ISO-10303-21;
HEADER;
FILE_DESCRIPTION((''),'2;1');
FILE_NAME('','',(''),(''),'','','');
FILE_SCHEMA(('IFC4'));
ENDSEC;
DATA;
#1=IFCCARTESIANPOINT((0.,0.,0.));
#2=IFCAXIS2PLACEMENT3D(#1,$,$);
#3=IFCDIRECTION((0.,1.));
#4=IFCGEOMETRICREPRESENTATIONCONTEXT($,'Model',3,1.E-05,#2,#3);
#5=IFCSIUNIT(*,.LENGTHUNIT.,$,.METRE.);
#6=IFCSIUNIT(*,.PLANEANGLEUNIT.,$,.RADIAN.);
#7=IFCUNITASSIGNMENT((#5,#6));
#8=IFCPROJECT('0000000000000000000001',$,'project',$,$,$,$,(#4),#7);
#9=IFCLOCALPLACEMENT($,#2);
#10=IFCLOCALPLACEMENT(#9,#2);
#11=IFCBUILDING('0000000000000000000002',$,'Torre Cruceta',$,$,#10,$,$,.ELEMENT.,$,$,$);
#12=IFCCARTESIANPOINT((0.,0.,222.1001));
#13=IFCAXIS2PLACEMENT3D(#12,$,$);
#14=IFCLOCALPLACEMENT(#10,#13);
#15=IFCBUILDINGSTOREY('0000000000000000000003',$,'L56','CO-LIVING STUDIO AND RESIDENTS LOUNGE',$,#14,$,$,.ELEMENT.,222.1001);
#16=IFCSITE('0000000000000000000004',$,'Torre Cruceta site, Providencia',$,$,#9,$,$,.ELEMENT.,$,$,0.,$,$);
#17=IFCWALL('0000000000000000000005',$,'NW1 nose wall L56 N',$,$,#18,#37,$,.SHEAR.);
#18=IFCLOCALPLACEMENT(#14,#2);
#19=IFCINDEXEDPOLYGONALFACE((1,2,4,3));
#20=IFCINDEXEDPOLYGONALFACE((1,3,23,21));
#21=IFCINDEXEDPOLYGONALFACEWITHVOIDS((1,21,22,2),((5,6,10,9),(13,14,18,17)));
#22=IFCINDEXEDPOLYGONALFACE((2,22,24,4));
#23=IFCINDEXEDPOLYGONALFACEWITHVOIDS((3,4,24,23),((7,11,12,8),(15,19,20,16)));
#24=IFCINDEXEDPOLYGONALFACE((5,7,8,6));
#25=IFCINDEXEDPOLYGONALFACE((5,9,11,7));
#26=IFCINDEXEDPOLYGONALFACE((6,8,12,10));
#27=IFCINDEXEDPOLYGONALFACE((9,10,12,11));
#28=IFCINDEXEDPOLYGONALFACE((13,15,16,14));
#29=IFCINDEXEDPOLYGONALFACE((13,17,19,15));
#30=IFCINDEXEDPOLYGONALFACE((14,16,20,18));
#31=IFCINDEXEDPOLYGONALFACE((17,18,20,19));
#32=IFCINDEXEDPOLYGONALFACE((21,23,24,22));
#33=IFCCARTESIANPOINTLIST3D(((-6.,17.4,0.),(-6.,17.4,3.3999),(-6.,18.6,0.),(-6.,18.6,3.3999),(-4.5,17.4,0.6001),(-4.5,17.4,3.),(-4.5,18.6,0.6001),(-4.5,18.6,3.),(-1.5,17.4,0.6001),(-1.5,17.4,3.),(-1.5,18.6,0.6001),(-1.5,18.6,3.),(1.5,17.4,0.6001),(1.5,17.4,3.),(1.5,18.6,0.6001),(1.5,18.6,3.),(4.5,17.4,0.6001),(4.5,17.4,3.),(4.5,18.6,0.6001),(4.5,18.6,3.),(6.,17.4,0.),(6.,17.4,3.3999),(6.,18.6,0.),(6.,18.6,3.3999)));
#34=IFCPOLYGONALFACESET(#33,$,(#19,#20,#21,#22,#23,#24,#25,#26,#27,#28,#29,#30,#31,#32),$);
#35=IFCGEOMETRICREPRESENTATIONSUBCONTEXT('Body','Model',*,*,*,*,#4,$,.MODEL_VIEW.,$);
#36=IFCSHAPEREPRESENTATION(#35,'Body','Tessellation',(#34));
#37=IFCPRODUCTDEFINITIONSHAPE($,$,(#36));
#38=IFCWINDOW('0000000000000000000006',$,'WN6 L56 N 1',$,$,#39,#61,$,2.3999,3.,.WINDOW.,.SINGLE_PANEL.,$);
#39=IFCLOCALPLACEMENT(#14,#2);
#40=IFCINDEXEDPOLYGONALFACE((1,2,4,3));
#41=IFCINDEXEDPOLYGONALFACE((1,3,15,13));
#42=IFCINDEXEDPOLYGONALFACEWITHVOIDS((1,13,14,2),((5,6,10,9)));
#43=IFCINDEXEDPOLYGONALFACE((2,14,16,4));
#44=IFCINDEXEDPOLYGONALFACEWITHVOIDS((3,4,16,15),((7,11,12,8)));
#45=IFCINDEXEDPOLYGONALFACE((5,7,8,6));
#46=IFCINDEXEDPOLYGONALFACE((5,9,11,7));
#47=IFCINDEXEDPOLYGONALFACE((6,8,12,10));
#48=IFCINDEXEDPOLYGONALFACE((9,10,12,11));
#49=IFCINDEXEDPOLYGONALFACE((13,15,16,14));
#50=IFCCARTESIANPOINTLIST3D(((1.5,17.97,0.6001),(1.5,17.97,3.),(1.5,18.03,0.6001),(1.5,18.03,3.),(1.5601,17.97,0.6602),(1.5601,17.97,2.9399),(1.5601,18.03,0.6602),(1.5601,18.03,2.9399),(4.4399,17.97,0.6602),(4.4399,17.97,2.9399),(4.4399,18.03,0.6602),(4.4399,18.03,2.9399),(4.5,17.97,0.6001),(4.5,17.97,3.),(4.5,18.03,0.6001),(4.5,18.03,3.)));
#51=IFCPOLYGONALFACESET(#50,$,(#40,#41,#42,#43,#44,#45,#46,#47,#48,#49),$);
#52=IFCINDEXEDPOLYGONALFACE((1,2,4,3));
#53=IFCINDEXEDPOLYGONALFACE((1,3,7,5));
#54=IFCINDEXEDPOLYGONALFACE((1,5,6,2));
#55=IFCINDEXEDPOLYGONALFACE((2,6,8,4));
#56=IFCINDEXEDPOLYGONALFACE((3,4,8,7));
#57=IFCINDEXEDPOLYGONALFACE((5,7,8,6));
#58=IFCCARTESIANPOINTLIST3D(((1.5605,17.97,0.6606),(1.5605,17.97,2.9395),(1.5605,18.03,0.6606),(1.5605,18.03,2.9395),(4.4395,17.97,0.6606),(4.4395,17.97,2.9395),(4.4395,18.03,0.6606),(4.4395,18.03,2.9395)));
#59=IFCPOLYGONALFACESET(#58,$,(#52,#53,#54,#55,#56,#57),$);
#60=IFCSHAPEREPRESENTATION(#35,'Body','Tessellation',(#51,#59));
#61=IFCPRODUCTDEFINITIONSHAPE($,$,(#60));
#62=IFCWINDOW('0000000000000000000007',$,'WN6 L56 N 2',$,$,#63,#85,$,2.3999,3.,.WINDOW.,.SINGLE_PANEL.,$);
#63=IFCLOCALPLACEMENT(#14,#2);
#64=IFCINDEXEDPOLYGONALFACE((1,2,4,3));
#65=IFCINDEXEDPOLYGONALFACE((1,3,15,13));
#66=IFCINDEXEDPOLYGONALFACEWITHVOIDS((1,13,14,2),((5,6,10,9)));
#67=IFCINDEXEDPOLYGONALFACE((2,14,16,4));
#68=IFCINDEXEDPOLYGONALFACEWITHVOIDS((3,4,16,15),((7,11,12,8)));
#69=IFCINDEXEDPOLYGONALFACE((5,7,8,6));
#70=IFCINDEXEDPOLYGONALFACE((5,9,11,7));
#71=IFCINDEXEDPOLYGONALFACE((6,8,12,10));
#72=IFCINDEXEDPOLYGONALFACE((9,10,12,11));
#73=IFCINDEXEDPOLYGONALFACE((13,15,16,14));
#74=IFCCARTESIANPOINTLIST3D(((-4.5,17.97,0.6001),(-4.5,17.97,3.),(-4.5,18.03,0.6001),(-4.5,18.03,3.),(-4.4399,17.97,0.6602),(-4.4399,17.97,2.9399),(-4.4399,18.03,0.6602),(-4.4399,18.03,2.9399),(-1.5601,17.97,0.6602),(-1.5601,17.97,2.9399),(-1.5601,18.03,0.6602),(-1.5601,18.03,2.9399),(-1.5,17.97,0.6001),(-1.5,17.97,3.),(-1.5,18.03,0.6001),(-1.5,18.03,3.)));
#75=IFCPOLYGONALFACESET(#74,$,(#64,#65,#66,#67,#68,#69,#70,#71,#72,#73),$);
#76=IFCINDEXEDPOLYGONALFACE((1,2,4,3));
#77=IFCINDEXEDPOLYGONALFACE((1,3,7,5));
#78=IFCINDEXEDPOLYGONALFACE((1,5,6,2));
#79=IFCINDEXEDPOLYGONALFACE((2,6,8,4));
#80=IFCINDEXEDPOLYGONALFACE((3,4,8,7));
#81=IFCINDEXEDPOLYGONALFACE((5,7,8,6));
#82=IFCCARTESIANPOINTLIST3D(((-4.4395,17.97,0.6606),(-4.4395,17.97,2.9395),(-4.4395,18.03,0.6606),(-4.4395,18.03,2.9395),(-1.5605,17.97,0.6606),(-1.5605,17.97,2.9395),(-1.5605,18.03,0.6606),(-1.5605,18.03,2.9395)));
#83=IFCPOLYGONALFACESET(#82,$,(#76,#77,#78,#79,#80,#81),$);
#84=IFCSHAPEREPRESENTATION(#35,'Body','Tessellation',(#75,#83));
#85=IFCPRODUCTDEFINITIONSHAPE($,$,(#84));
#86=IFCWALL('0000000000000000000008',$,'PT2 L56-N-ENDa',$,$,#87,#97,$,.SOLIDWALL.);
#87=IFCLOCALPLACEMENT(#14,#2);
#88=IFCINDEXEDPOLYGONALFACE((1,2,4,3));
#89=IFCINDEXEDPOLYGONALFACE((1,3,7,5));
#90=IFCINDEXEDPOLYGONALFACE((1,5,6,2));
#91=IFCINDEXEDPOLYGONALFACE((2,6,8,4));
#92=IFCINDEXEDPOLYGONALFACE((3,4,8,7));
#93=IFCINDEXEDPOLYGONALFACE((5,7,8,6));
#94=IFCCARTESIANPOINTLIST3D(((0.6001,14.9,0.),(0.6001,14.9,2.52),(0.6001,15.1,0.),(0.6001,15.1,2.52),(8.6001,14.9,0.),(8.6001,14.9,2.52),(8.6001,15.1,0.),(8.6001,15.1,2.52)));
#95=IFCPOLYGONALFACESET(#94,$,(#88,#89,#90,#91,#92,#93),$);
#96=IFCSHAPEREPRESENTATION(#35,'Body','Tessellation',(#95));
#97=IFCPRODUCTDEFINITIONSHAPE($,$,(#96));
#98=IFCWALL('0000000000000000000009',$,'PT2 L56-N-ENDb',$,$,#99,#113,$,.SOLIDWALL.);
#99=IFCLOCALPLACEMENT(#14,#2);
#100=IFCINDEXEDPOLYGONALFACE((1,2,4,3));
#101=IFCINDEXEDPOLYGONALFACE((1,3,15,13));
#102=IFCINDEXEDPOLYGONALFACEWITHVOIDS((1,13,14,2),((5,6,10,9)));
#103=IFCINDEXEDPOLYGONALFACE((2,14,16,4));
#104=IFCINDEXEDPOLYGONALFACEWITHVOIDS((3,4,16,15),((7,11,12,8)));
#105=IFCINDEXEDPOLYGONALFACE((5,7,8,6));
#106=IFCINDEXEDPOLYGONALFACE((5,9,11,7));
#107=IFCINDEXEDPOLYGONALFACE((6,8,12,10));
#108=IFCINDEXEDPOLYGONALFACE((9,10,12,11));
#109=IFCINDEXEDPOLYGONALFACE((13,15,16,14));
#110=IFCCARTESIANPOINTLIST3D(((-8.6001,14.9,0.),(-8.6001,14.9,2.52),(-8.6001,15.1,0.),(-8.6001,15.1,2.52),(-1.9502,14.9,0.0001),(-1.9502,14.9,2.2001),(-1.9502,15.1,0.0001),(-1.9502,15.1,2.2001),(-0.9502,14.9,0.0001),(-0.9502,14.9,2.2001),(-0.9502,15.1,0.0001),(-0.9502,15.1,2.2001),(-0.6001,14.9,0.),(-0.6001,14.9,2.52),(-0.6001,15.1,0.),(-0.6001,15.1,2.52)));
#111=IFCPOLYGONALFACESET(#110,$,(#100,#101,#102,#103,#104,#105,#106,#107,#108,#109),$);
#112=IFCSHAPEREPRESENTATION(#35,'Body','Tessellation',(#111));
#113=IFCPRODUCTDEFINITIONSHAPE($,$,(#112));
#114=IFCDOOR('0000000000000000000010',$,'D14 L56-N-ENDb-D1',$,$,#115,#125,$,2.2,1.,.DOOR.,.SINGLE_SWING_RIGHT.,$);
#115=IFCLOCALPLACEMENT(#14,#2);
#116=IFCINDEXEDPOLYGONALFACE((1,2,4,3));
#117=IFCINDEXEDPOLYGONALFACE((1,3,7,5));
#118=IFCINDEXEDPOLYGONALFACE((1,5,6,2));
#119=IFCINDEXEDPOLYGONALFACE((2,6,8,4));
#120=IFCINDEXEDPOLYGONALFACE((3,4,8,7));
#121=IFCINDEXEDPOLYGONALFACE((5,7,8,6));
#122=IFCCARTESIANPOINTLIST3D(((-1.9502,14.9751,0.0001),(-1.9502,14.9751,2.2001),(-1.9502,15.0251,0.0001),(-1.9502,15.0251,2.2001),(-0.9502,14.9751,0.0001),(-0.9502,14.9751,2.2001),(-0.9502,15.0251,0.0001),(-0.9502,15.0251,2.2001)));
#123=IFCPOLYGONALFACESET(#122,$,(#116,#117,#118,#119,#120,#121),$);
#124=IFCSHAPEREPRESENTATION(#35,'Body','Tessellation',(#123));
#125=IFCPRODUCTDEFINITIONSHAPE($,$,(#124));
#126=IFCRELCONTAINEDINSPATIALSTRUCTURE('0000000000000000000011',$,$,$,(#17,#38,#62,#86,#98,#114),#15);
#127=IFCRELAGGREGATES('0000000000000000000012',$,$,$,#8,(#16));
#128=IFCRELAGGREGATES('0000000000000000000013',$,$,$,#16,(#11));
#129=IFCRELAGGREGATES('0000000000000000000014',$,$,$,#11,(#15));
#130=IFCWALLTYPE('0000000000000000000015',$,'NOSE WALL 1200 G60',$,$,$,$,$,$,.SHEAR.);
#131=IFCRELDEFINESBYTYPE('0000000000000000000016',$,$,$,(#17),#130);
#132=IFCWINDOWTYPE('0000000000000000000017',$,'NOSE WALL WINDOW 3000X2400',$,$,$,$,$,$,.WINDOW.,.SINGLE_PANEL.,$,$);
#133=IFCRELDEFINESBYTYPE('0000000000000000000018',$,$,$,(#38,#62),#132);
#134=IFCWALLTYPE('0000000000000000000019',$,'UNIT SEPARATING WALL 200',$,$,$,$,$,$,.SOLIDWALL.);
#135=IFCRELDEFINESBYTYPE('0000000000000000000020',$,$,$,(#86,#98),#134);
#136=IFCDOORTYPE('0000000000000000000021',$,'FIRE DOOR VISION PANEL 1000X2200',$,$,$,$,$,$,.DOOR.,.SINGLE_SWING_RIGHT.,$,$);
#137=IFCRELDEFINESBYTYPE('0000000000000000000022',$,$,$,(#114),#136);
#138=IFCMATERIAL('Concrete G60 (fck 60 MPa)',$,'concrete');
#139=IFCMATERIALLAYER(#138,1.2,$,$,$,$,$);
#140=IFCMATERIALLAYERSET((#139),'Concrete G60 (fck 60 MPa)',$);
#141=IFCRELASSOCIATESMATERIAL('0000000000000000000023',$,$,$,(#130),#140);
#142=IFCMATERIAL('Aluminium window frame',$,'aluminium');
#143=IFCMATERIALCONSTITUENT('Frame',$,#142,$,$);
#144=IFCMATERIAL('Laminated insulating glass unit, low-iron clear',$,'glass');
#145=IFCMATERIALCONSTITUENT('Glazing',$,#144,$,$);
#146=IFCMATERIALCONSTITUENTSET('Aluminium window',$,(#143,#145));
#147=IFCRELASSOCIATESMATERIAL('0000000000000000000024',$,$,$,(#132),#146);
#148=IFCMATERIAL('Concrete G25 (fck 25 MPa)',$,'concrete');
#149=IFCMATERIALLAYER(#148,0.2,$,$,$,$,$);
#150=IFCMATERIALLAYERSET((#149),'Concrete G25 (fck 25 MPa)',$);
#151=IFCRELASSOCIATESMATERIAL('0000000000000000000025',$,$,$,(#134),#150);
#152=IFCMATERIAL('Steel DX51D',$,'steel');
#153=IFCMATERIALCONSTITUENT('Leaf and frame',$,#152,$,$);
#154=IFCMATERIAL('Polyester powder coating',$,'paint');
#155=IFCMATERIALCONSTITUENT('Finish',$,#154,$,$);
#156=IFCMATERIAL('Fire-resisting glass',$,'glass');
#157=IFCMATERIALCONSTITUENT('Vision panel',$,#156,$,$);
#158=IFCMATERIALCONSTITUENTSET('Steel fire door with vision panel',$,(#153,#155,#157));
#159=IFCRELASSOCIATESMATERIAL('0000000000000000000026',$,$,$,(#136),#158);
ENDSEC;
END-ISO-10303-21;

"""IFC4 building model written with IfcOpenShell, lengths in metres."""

from ifc_helpers import new_model, si_unit, direction, frame, frame_2d, origin, place, context, subcontext, project, spatial, rectangle, hollow_rectangle, extrude, material, layer, layer_set, constituent, constituent_set, type_object, element, fill, save


model = new_model("IFC4")

# Units and contexts
model_context = context("Model", 3, precision=1e-05, world=origin(), true_north=direction((0.0, 1.0)))
body_context = subcontext(model_context, "Body", "Model", "MODEL_VIEW")
ifc_project = project(units=[si_unit("LENGTHUNIT", "METRE"), si_unit("PLANEANGLEUNIT", "RADIAN")], contexts=[model_context])

# Site, building, storey
site_placement = place(None, origin())
site = spatial("IfcSite", under=ifc_project, at=site_placement, Name="Torre Cruceta site, Providencia", CompositionType="ELEMENT", RefElevation=0.0)
building_placement = place(site_placement, origin())
building = spatial("IfcBuilding", under=site, at=building_placement, Name="Torre Cruceta", CompositionType="ELEMENT")
storey_placement = place(building_placement, frame((0.0, 0.0, 222.1001)))
storey = spatial("IfcBuildingStorey", under=building, at=storey_placement, Name="L56", Description="CO-LIVING STUDIO AND RESIDENTS LOUNGE", CompositionType="ELEMENT", Elevation=222.1001)

# Wall, openings, windows
ifc_material_1 = material(Name="Concrete G60 (fck 60 MPa)", Category="concrete")
ifc_layer_1 = layer(ifc_material_1, 1.2)
ifc_layer_set_1 = layer_set([ifc_layer_1], Name="Concrete G60 (fck 60 MPa)")
wall_type_1 = type_object("IfcWallType", Name="NOSE WALL 1200 G60", PredefinedType="SHEAR", material=ifc_layer_set_1)
wall_1_placement = place(storey_placement, frame((6.0, 18.0, 0.0), z_axis=(0.0, 0.0, 1.0), x_axis=(-1.0, 0.0, 0.0)))
wall_1 = element("IfcWall", 1, at=wall_1_placement, inside=storey, type_object=wall_type_1, Name="NW1 nose wall L56 N", PredefinedType="SHEAR", context=body_context, shape_type="SweptSolid", body=[
    extrude(rectangle(XDim=12.0, YDim=1.2, at=frame_2d((6.0, 0.0))), origin(), (0.0, 0.0, 1.0), 3.3999),
])
opening_1_placement = place(wall_1_placement, frame((1.5, 0.0, 0.6001)))
opening_1 = element("IfcOpeningElement", 2, at=opening_1_placement, cuts=wall_1, PredefinedType="OPENING", context=body_context, shape_type="SweptSolid", body=[
    extrude(rectangle(XDim=3.0, YDim=2.3999, at=frame_2d((1.5, 1.2))), frame((0.0, 0.6099, 0.0), z_axis=(0.0, -1.0, 0.0), x_axis=(1.0, 0.0, 0.0)), (0.0, 0.0, 1.0), 1.22),
])
opening_2_placement = place(wall_1_placement, frame((7.5, 0.0, 0.6001)))
opening_2 = element("IfcOpeningElement", 3, at=opening_2_placement, cuts=wall_1, PredefinedType="OPENING", context=body_context, shape_type="SweptSolid", body=[
    extrude(rectangle(XDim=3.0, YDim=2.3999, at=frame_2d((1.5, 1.2))), frame((0.0, 0.6099, 0.0), z_axis=(0.0, -1.0, 0.0), x_axis=(1.0, 0.0, 0.0)), (0.0, 0.0, 1.0), 1.22),
])
ifc_material_2 = material(Name="Aluminium window frame", Category="aluminium")
ifc_constituent_1 = constituent(ifc_material_2, Name="Frame")
ifc_material_3 = material(Name="Laminated insulating glass unit, low-iron clear", Category="glass")
ifc_constituent_2 = constituent(ifc_material_3, Name="Glazing")
ifc_constituent_set_1 = constituent_set(constituents=[ifc_constituent_1, ifc_constituent_2], Name="Aluminium window")
window_type = type_object("IfcWindowType", Name="NOSE WALL WINDOW 3000X2400", PartitioningType="SINGLE_PANEL", PredefinedType="WINDOW", material=ifc_constituent_set_1)
window_1_placement = place(opening_1_placement, origin())
window_1 = element("IfcWindow", 4, at=window_1_placement, inside=storey, type_object=window_type, Name="WN6 L56 N 1", OverallHeight=2.3999, OverallWidth=3.0, PartitioningType="SINGLE_PANEL", PredefinedType="WINDOW", context=body_context, shape_type="SweptSolid", body=[
    extrude(hollow_rectangle(XDim=3.0, YDim=2.3999, WallThickness=0.0601, at=frame_2d((1.5, 1.2))), frame((0.0, 0.03, 0.0), z_axis=(0.0, -1.0, 0.0), x_axis=(1.0, 0.0, 0.0)), (0.0, 0.0, 1.0), 0.0601),
    extrude(rectangle(XDim=2.8789, YDim=2.2788, at=frame_2d((1.5, 1.2))), frame((0.0, 0.03, 0.0), z_axis=(0.0, -1.0, 0.0), x_axis=(1.0, 0.0, 0.0)), (0.0, 0.0, 1.0), 0.0601),
])
fill(opening_1, window_1)
window_2_placement = place(opening_2_placement, origin())
window_2 = element("IfcWindow", 5, at=window_2_placement, inside=storey, type_object=window_type, Name="WN6 L56 N 2", OverallHeight=2.3999, OverallWidth=3.0, PartitioningType="SINGLE_PANEL", PredefinedType="WINDOW", context=body_context, shape_type="SweptSolid", body=[
    extrude(hollow_rectangle(XDim=3.0, YDim=2.3999, WallThickness=0.0601, at=frame_2d((1.5, 1.2))), frame((0.0, 0.03, 0.0), z_axis=(0.0, -1.0, 0.0), x_axis=(1.0, 0.0, 0.0)), (0.0, 0.0, 1.0), 0.0601),
    extrude(rectangle(XDim=2.8789, YDim=2.2788, at=frame_2d((1.5, 1.2))), frame((0.0, 0.03, 0.0), z_axis=(0.0, -1.0, 0.0), x_axis=(1.0, 0.0, 0.0)), (0.0, 0.0, 1.0), 0.0601),
])
fill(opening_2, window_2)

# Wall
ifc_material_4 = material(Name="Concrete G25 (fck 25 MPa)", Category="concrete")
ifc_layer_2 = layer(ifc_material_4, 0.2)
ifc_layer_set_2 = layer_set([ifc_layer_2], Name="Concrete G25 (fck 25 MPa)")
wall_type_2 = type_object("IfcWallType", Name="UNIT SEPARATING WALL 200", PredefinedType="SOLIDWALL", material=ifc_layer_set_2)
wall_2_placement = place(storey_placement, frame((8.6001, 15.0, 0.0), z_axis=(0.0, 0.0, 1.0), x_axis=(-1.0, 0.0, 0.0)))
element("IfcWall", 6, at=wall_2_placement, inside=storey, type_object=wall_type_2, Name="PT2 L56-N-ENDa", PredefinedType="SOLIDWALL", context=body_context, shape_type="SweptSolid", body=[
    extrude(rectangle(XDim=8.0, YDim=0.2, at=frame_2d((4.0, 0.0))), origin(), (0.0, 0.0, 1.0), 2.52),
])

# Wall, opening, door
wall_3_placement = place(storey_placement, frame((-0.6001, 15.0, 0.0), z_axis=(0.0, 0.0, 1.0), x_axis=(-1.0, 0.0, 0.0)))
wall_3 = element("IfcWall", 7, at=wall_3_placement, inside=storey, type_object=wall_type_2, Name="PT2 L56-N-ENDb", PredefinedType="SOLIDWALL", context=body_context, shape_type="SweptSolid", body=[
    extrude(rectangle(XDim=8.0, YDim=0.2, at=frame_2d((4.0, 0.0))), origin(), (0.0, 0.0, 1.0), 2.52),
])
opening_3_placement = place(wall_3_placement, frame((0.3501, 0.0, 0.0)))
opening_3 = element("IfcOpeningElement", 8, at=opening_3_placement, cuts=wall_3, PredefinedType="OPENING", context=body_context, shape_type="SweptSolid", body=[
    extrude(rectangle(XDim=1.0, YDim=2.2, at=frame_2d((0.5, 1.1001))), frame((0.0, 0.1099, 0.0), z_axis=(0.0, -1.0, 0.0), x_axis=(1.0, 0.0, 0.0)), (0.0, 0.0, 1.0), 0.22),
])
ifc_material_5 = material(Name="Steel DX51D", Category="steel")
ifc_constituent_3 = constituent(ifc_material_5, Name="Leaf and frame")
ifc_material_6 = material(Name="Polyester powder coating", Category="paint")
ifc_constituent_4 = constituent(ifc_material_6, Name="Finish")
ifc_material_7 = material(Name="Fire-resisting glass", Category="glass")
ifc_constituent_5 = constituent(ifc_material_7, Name="Vision panel")
ifc_constituent_set_2 = constituent_set(constituents=[ifc_constituent_3, ifc_constituent_4, ifc_constituent_5], Name="Steel fire door with vision panel")
door_type_1 = type_object("IfcDoorType", Name="FIRE DOOR VISION PANEL 1000X2200", OperationType="SINGLE_SWING_RIGHT", PredefinedType="DOOR", material=ifc_constituent_set_2)
door_1_placement = place(opening_3_placement, frame((1.0, 0.0, 0.0), z_axis=(0.0, 0.0, 1.0), x_axis=(-1.0, 0.0, 0.0)))
door_1 = element("IfcDoor", 9, at=door_1_placement, inside=storey, type_object=door_type_1, Name="D14 L56-N-ENDb-D1", OperationType="SINGLE_SWING_RIGHT", OverallHeight=2.2, OverallWidth=1.0, PredefinedType="DOOR", context=body_context, shape_type="SweptSolid", body=[
    extrude(rectangle(XDim=1.0, YDim=2.2, at=frame_2d((0.5, 1.1001))), frame((0.0, 0.0251, 0.0), z_axis=(0.0, -1.0, 0.0), x_axis=(1.0, 0.0, 0.0)), (0.0, 0.0, 1.0), 0.05),
])
fill(opening_3, door_1)

save(model, "model.ifc")
